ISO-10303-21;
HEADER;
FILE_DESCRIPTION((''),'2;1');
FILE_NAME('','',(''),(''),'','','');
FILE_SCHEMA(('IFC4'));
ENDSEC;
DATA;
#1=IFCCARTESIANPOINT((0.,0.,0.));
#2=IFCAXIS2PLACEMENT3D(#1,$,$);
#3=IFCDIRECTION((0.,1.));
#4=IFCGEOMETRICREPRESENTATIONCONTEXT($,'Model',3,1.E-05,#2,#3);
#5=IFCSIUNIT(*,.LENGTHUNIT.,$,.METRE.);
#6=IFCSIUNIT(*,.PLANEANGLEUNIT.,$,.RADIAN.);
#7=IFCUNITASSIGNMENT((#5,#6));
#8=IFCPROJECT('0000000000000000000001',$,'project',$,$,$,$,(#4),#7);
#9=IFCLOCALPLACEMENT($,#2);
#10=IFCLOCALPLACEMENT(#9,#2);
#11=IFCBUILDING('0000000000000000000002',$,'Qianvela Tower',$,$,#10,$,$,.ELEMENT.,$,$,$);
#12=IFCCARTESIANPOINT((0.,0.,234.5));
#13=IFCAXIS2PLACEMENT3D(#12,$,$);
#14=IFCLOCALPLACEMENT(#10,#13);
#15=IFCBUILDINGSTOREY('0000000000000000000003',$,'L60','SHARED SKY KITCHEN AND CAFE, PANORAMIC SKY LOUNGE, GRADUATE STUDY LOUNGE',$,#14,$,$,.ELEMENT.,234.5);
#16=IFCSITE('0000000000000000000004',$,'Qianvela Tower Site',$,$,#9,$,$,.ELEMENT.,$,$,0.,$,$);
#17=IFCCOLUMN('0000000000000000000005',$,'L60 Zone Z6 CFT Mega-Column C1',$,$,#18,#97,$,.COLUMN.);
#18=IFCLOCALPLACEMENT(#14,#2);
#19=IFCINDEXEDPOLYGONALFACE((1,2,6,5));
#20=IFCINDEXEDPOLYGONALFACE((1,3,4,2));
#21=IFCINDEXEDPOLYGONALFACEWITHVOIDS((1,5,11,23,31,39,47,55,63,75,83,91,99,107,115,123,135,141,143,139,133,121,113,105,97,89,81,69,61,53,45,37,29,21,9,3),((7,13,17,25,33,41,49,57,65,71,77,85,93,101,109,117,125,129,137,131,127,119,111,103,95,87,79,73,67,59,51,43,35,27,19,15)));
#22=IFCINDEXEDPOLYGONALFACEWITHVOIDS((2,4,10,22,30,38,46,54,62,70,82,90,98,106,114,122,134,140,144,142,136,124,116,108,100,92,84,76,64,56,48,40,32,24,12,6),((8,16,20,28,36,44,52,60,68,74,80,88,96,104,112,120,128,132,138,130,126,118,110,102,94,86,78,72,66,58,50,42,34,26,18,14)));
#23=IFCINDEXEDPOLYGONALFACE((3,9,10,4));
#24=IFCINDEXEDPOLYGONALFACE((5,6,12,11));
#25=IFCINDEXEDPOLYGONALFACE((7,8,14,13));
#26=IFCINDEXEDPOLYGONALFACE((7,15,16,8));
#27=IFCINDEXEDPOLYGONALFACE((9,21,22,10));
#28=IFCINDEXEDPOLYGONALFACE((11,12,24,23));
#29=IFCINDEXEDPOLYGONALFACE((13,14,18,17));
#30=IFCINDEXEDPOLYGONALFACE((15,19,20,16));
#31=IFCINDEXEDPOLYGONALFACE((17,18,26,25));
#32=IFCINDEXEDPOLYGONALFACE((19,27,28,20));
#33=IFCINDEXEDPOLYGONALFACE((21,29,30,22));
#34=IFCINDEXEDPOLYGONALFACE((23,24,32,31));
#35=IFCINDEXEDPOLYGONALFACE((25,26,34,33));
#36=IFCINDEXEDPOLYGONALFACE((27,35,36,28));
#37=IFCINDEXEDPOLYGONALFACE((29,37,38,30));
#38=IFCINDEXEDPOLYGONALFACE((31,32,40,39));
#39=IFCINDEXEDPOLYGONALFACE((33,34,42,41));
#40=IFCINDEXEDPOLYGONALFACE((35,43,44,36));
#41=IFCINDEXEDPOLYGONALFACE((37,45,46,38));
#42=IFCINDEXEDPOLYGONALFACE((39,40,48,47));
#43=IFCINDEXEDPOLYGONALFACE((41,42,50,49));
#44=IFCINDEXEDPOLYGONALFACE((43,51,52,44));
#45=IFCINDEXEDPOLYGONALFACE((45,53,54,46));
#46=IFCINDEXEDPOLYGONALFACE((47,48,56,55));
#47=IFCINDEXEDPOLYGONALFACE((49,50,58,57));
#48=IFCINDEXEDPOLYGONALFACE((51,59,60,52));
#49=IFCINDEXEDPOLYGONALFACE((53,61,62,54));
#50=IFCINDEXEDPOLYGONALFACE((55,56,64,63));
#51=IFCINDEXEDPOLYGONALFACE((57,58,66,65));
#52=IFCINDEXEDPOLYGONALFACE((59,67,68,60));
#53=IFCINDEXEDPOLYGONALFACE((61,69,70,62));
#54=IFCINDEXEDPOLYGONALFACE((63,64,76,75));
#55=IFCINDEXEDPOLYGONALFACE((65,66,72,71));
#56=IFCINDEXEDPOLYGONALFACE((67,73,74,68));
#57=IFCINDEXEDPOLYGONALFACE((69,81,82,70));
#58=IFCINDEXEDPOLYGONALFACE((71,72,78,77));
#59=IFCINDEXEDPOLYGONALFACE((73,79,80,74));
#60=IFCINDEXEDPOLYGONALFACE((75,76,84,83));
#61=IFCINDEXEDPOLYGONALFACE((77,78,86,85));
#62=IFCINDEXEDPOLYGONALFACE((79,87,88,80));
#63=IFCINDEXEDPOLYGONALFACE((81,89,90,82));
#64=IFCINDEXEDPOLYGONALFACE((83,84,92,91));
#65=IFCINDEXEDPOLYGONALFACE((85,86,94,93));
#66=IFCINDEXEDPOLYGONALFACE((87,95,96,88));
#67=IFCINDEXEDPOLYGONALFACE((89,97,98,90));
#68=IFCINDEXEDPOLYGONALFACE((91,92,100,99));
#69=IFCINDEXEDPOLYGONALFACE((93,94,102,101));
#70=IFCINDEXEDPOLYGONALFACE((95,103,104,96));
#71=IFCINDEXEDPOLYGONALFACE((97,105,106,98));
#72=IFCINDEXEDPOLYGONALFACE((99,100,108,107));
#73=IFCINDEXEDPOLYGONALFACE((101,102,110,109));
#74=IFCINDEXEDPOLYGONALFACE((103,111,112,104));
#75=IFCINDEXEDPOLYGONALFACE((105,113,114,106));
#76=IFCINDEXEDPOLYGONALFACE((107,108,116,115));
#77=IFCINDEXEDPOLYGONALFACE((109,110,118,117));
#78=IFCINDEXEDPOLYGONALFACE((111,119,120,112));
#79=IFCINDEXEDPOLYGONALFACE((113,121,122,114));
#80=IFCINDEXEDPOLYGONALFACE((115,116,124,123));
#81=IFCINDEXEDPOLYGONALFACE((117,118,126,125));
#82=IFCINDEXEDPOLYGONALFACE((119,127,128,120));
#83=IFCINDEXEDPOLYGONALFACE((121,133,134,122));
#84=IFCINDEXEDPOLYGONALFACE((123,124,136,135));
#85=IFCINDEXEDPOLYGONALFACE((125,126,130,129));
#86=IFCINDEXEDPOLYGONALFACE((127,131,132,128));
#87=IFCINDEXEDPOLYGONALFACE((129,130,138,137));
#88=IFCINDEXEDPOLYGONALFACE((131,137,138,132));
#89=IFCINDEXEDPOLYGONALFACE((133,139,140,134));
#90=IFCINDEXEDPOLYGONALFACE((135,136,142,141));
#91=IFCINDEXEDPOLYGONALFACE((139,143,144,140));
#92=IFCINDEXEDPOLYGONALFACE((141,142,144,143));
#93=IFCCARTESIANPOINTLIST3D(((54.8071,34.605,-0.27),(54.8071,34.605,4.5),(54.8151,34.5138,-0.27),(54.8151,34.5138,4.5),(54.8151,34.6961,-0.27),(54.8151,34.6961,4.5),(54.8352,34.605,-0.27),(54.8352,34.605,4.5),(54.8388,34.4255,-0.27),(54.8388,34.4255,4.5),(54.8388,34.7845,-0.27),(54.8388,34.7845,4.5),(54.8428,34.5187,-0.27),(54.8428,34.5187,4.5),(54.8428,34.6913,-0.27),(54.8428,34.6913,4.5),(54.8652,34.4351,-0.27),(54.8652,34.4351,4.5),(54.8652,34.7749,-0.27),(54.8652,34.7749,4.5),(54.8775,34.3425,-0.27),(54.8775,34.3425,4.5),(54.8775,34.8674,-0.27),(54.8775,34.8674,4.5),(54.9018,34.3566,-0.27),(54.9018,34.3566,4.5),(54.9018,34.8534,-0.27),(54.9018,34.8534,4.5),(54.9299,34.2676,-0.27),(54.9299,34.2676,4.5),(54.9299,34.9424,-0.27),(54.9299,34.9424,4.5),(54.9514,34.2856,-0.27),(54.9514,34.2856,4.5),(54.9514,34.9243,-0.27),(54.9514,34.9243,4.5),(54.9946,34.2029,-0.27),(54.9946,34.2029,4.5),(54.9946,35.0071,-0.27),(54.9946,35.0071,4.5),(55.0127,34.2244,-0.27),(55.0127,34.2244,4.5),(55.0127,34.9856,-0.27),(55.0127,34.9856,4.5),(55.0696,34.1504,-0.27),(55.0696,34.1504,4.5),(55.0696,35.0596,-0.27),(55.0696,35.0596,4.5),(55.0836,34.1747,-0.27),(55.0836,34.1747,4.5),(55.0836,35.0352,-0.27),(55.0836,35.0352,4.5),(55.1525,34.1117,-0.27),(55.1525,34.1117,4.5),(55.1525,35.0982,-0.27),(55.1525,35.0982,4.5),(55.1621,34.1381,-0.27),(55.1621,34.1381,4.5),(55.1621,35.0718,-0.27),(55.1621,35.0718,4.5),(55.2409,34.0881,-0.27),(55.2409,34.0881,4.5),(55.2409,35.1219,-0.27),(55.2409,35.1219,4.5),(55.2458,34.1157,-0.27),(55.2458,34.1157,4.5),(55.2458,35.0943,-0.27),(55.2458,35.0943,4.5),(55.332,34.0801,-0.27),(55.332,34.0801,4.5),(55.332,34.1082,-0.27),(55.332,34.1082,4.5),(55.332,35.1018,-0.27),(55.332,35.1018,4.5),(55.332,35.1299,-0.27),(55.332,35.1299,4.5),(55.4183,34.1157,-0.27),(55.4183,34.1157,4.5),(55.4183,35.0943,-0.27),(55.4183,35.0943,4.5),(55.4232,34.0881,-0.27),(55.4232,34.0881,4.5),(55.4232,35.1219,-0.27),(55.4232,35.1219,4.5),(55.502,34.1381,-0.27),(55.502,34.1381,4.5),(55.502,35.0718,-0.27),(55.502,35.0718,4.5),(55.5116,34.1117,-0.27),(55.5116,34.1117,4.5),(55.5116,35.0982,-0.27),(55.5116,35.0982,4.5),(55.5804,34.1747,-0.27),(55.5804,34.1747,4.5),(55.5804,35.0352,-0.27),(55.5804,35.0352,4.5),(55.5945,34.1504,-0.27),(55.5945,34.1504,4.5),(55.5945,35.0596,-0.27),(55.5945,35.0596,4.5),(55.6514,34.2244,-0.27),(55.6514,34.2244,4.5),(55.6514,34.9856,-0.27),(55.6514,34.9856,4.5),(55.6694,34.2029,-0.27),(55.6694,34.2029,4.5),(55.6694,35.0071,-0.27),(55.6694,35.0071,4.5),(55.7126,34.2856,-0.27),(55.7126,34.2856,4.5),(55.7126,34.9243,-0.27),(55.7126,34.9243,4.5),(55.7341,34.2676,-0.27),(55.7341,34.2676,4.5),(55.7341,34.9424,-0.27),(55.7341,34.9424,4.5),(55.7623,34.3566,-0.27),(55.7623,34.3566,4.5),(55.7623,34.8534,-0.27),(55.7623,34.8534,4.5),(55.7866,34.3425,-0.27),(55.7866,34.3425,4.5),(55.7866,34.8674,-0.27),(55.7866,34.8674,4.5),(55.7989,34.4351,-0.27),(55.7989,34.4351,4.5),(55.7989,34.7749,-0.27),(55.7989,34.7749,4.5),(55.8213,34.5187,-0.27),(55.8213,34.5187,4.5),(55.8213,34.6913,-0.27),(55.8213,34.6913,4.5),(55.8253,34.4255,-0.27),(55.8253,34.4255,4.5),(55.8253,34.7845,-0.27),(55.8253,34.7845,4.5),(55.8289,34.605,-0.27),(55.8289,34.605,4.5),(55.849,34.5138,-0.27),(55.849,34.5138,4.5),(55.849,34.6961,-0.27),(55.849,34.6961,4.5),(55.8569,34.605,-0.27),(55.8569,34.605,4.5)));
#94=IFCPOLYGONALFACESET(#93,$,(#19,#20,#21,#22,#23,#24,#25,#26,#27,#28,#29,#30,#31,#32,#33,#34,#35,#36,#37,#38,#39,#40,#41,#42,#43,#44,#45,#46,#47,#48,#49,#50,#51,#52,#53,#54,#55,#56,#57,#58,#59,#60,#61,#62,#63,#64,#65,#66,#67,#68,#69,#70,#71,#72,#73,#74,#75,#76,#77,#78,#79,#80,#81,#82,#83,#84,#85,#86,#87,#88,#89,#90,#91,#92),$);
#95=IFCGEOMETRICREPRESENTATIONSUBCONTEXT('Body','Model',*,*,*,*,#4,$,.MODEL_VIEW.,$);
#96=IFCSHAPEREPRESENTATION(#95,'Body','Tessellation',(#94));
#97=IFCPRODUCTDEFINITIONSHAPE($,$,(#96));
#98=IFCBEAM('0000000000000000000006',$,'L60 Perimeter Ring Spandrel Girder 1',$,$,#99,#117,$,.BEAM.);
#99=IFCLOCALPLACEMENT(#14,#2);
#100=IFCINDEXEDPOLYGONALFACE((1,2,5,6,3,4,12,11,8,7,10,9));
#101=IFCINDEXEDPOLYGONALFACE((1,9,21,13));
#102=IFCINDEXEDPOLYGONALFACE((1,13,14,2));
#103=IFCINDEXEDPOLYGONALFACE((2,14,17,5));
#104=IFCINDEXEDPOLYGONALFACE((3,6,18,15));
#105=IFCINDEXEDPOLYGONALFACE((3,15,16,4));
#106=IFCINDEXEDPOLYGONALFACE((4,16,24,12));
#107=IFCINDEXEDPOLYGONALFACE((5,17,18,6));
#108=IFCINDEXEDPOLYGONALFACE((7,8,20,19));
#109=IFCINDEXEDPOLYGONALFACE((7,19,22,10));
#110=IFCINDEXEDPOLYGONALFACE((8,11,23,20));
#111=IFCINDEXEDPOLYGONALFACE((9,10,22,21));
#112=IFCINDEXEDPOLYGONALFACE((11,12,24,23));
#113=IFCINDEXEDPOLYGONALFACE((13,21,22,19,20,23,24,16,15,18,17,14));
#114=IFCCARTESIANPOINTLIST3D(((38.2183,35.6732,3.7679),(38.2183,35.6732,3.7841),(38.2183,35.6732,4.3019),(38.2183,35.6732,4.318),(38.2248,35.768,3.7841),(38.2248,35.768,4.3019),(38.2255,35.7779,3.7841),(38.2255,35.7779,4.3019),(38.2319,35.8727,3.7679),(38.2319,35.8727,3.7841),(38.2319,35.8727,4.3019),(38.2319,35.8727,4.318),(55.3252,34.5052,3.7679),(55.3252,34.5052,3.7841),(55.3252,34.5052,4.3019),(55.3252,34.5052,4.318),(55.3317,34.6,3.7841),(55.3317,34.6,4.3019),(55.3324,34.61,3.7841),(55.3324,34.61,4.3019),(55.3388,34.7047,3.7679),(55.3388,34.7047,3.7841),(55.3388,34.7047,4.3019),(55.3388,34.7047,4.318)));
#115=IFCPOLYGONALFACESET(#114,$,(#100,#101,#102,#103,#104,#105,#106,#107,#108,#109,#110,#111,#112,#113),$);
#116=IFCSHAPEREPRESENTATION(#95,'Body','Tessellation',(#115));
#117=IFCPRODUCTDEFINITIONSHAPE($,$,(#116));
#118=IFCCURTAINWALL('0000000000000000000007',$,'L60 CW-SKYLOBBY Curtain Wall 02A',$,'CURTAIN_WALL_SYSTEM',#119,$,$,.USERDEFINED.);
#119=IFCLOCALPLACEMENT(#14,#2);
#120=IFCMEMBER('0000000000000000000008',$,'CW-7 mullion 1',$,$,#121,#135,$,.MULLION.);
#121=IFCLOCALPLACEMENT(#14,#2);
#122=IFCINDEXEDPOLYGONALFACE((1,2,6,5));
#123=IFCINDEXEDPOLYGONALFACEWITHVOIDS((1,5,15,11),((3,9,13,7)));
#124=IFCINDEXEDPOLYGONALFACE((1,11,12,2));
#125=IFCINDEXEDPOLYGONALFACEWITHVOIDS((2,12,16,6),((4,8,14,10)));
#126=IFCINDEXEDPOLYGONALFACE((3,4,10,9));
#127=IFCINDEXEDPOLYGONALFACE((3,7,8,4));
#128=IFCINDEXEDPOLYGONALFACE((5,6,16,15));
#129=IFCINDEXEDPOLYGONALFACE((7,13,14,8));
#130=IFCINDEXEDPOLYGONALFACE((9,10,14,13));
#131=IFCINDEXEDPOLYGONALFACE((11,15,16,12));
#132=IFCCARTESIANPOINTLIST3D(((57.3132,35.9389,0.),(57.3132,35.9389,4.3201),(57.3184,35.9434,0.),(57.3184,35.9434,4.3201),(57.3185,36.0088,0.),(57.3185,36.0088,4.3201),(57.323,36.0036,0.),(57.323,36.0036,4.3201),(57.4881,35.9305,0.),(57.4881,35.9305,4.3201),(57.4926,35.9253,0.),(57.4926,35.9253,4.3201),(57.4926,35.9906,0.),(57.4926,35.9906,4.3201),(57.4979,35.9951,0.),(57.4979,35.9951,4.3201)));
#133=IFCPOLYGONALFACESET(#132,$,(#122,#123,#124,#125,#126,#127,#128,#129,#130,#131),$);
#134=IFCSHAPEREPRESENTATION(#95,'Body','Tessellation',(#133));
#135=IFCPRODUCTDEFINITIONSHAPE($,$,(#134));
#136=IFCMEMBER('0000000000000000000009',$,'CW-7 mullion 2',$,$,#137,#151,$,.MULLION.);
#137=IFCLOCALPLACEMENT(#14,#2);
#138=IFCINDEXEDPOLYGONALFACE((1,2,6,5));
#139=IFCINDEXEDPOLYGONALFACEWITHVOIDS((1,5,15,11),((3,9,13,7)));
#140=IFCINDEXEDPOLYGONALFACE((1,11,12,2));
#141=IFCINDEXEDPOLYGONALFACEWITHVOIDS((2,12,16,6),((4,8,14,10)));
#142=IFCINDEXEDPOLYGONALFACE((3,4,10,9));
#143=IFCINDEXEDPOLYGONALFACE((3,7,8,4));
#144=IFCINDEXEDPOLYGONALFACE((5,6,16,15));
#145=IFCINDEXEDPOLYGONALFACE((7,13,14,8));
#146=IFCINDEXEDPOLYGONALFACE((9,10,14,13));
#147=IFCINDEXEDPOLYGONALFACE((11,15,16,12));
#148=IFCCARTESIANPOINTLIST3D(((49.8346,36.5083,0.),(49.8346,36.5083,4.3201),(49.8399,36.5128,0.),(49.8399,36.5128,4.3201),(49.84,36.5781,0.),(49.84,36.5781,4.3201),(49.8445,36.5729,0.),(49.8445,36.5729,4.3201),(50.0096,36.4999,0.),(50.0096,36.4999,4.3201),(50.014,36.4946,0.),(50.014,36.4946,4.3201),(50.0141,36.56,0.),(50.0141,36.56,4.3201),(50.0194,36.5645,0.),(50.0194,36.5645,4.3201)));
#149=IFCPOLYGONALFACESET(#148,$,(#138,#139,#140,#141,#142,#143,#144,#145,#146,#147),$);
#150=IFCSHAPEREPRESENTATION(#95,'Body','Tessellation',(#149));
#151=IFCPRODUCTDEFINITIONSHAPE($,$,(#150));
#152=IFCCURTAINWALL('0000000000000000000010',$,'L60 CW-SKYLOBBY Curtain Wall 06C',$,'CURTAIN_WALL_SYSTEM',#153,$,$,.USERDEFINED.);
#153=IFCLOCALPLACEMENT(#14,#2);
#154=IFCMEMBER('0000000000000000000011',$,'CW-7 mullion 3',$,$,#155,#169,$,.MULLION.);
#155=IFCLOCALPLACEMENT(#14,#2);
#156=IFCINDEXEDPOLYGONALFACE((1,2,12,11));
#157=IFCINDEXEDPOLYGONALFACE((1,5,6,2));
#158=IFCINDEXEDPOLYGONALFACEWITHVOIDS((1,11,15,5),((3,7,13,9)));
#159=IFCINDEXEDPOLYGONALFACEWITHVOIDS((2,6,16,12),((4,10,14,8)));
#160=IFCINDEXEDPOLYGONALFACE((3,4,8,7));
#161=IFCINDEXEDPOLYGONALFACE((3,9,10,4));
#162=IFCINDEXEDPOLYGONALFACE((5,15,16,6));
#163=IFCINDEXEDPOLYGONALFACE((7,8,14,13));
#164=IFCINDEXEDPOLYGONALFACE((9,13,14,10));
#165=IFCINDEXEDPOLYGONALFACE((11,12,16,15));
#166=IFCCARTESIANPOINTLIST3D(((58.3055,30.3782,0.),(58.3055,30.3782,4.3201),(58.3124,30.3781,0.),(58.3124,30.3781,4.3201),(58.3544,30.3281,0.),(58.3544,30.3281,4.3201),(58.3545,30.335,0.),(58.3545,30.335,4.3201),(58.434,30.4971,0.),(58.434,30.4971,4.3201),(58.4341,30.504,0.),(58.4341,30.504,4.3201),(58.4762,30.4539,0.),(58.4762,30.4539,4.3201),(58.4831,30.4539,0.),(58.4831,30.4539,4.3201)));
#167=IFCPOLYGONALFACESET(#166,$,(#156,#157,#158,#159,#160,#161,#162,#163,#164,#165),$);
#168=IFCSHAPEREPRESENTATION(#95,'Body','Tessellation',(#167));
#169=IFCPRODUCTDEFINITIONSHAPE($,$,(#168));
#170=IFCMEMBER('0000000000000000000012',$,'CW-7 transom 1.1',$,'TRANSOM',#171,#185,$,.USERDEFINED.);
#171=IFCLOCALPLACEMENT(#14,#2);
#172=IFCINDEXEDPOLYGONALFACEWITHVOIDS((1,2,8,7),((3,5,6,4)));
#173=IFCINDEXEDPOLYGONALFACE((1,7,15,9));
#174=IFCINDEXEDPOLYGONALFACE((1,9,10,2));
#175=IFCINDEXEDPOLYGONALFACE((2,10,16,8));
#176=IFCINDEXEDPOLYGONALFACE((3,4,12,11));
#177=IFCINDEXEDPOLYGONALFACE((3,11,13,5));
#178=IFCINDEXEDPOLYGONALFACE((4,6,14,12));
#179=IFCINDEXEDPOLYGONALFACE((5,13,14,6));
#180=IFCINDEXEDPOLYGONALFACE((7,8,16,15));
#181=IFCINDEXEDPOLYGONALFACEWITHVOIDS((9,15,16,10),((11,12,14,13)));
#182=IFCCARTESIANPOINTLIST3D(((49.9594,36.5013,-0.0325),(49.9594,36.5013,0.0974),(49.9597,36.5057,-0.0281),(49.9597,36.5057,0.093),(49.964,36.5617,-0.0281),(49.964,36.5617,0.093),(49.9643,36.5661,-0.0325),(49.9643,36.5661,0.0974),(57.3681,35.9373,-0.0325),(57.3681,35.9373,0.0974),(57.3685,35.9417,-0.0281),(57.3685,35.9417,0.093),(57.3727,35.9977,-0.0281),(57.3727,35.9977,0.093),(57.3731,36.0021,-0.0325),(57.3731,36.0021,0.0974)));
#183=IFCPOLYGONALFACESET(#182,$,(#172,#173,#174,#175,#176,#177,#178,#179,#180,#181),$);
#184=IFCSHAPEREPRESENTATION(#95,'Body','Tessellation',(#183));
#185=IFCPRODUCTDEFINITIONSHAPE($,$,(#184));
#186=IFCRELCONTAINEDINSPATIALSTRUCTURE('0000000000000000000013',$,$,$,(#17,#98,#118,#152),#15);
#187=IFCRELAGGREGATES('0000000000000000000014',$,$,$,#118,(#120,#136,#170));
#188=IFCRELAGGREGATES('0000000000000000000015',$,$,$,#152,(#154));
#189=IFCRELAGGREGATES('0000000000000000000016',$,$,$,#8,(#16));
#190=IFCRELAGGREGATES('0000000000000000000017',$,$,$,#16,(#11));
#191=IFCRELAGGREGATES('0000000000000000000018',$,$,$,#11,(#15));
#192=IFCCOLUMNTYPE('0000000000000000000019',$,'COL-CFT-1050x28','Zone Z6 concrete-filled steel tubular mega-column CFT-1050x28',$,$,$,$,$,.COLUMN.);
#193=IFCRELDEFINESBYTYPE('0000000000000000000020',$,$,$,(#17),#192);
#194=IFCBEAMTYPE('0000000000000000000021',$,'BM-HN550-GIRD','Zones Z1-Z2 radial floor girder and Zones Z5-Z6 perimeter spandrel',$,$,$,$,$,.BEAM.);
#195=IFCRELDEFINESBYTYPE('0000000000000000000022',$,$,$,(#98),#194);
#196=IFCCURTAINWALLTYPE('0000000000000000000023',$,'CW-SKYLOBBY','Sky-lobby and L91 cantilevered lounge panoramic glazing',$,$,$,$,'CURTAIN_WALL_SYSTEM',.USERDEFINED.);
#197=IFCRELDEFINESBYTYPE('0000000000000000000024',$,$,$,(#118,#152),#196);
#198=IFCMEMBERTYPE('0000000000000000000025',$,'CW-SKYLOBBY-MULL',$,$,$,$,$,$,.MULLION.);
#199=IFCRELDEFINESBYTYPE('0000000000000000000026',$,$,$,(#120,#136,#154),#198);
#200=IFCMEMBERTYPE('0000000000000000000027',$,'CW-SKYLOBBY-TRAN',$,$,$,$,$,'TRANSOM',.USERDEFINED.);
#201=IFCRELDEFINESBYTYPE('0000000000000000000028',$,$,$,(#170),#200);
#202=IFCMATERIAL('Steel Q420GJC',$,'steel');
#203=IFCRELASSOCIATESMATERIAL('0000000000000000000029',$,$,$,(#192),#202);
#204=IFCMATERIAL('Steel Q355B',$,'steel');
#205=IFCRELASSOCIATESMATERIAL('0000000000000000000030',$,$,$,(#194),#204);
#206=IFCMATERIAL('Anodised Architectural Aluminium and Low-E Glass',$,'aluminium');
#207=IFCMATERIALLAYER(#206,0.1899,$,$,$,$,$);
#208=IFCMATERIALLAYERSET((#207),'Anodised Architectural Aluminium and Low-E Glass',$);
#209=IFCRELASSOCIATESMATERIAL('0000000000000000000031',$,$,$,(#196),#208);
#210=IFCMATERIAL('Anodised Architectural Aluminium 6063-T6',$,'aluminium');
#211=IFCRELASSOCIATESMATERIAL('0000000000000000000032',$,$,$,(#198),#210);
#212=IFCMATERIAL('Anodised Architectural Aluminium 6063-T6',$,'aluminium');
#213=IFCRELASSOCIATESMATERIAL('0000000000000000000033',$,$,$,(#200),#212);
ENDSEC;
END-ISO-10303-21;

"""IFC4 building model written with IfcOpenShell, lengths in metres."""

from ifc_helpers import new_model, si_unit, direction, frame, origin, origin_2d, place, context, subcontext, project, spatial, hollow_rectangle, hollow_circle, i_section, extrude, material, layer, layer_set, material_profile, profile_set, type_object, element, aggregate, save


model = new_model("IFC4")

# Units and contexts
model_context = context("Model", 3, precision=1e-05, world=origin(), true_north=direction((0.0, 1.0)))
body_context = subcontext(model_context, "Body", "Model", "MODEL_VIEW")
ifc_project = project(units=[si_unit("LENGTHUNIT", "METRE"), si_unit("PLANEANGLEUNIT", "RADIAN")], contexts=[model_context])

# Site, building, storey
site_placement = place(None, origin())
site = spatial("IfcSite", under=ifc_project, at=site_placement, Name="Qianvela Tower Site", CompositionType="ELEMENT", RefElevation=0.0)
building_placement = place(site_placement, origin())
building = spatial("IfcBuilding", under=site, at=building_placement, Name="Qianvela Tower", CompositionType="ELEMENT")
storey_placement = place(building_placement, frame((0.0, 0.0, 234.5)))
storey = spatial("IfcBuildingStorey", under=building, at=storey_placement, Name="L60", Description="SHARED SKY KITCHEN AND CAFE, PANORAMIC SKY LOUNGE, GRADUATE STUDY LOUNGE", CompositionType="ELEMENT", Elevation=234.5)

# Column
ifc_material_1 = material(Name="Steel Q420GJC", Category="steel")
ifc_material_profile_1 = material_profile(ifc_material_1, hollow_circle(Radius=0.5249, WallThickness=0.0281, at=origin_2d()), Name="CFT-1050x28")
ifc_profile_set_1 = profile_set([ifc_material_profile_1], Name="Steel Q420GJC")
column_type = type_object("IfcColumnType", Name="COL-CFT-1050x28", Description="Zone Z6 concrete-filled steel tubular mega-column CFT-1050x28", PredefinedType="COLUMN", material=ifc_profile_set_1)
column_placement = place(storey_placement, frame((55.332, 34.605, -0.27), z_axis=(0.0, 0.0, 1.0), x_axis=(1.0, 0.0, 0.0)))
element("IfcColumn", 1, at=column_placement, inside=storey, type_object=column_type, Name="L60 Zone Z6 CFT Mega-Column C1", PredefinedType="COLUMN", context=body_context, shape_type="SweptSolid", body=[
    extrude(hollow_circle(Radius=0.5249, WallThickness=0.0281, at=origin_2d()), origin(), (0.0, 0.0, 1.0), 4.77),
])

# Beam
ifc_material_2 = material(Name="Steel Q355B", Category="steel")
ifc_material_profile_2 = material_profile(ifc_material_2, i_section(OverallWidth=0.2, OverallDepth=0.55, WebThickness=0.01, FlangeThickness=0.0161, at=origin_2d()), Name="HN550x200x10x16")
ifc_profile_set_2 = profile_set([ifc_material_profile_2], Name="Steel Q355B")
beam_type = type_object("IfcBeamType", Name="BM-HN550-GIRD", Description="Zones Z1-Z2 radial floor girder and Zones Z5-Z6 perimeter spandrel", PredefinedType="BEAM", material=ifc_profile_set_2)
beam_placement = place(storey_placement, frame((55.332, 34.605, 4.043), z_axis=(-0.997677, 0.068116, 0.0), x_axis=(-0.068116, -0.997677, 0.0)))
element("IfcBeam", 2, at=beam_placement, inside=storey, type_object=beam_type, Name="L60 Perimeter Ring Spandrel Girder 1", PredefinedType="BEAM", context=body_context, shape_type="SweptSolid", body=[
    extrude(i_section(OverallWidth=0.2, OverallDepth=0.55, WebThickness=0.01, FlangeThickness=0.0161, at=origin_2d()), origin(), (0.0, 0.0, 1.0), 17.1467),
])

# Curtain wall, members
ifc_material_3 = material(Name="Anodised Architectural Aluminium and Low-E Glass", Category="aluminium")
ifc_layer_1 = layer(ifc_material_3, 0.1899)
ifc_layer_set_1 = layer_set([ifc_layer_1], Name="Anodised Architectural Aluminium and Low-E Glass")
curtain_wall_type = type_object("IfcCurtainWallType", Name="CW-SKYLOBBY", Description="Sky-lobby and L91 cantilevered lounge panoramic glazing", ElementType="CURTAIN_WALL_SYSTEM", PredefinedType="USERDEFINED", material=ifc_layer_set_1)
curtain_wall_1_placement = place(storey_placement, origin())
curtain_wall_1 = element("IfcCurtainWall", 3, at=curtain_wall_1_placement, inside=storey, type_object=curtain_wall_type, Name="L60 CW-SKYLOBBY Curtain Wall 02A", ObjectType="CURTAIN_WALL_SYSTEM", PredefinedType="USERDEFINED")
ifc_material_4 = material(Name="Anodised Architectural Aluminium 6063-T6", Category="aluminium")
ifc_material_profile_3 = material_profile(ifc_material_4, hollow_rectangle(XDim=0.0701, YDim=0.1799, WallThickness=0.0049, at=origin_2d()), Name="ALU-MULL-70x180")
ifc_profile_set_3 = profile_set([ifc_material_profile_3], Name="Anodised Architectural Aluminium 6063-T6")
member_type_1 = type_object("IfcMemberType", Name="CW-SKYLOBBY-MULL", PredefinedType="MULLION", material=ifc_profile_set_3)
member_1_placement = place(storey_placement, frame((57.4055, 35.967, 0.0), z_axis=(0.0, 0.0, 1.0), x_axis=(-0.075899, -0.997115, 0.0)))
member_1 = element("IfcMember", 4, at=member_1_placement, type_object=member_type_1, Name="CW-7 mullion 1", PredefinedType="MULLION", context=body_context, shape_type="SweptSolid", body=[
    extrude(hollow_rectangle(XDim=0.0701, YDim=0.1799, WallThickness=0.0049, at=origin_2d()), origin(), (0.0, 0.0, 1.0), 4.3201),
])
member_2_placement = place(storey_placement, frame((49.927, 36.5364, 0.0), z_axis=(0.0, 0.0, 1.0), x_axis=(-0.075899, -0.997115, 0.0)))
member_2 = element("IfcMember", 5, at=member_2_placement, type_object=member_type_1, Name="CW-7 mullion 2", PredefinedType="MULLION", context=body_context, shape_type="SweptSolid", body=[
    extrude(hollow_rectangle(XDim=0.0701, YDim=0.1799, WallThickness=0.0049, at=origin_2d()), origin(), (0.0, 0.0, 1.0), 4.3201),
])

# Curtain wall, member
curtain_wall_2_placement = place(storey_placement, origin())
curtain_wall_2 = element("IfcCurtainWall", 6, at=curtain_wall_2_placement, inside=storey, type_object=curtain_wall_type, Name="L60 CW-SKYLOBBY Curtain Wall 06C", ObjectType="CURTAIN_WALL_SYSTEM", PredefinedType="USERDEFINED")
member_3_placement = place(storey_placement, frame((58.3943, 30.416, 0.0), z_axis=(0.0, 0.0, 1.0), x_axis=(-0.699077, 0.715046, 0.0)))
member_3 = element("IfcMember", 7, at=member_3_placement, type_object=member_type_1, Name="CW-7 mullion 3", PredefinedType="MULLION", context=body_context, shape_type="SweptSolid", body=[
    extrude(hollow_rectangle(XDim=0.0701, YDim=0.1799, WallThickness=0.0049, at=origin_2d()), origin(), (0.0, 0.0, 1.0), 4.3201),
])

# Member
ifc_material_5 = material(Name="Anodised Architectural Aluminium 6063-T6", Category="aluminium")
ifc_material_profile_4 = material_profile(ifc_material_5, hollow_rectangle(XDim=0.0649, YDim=0.1299, WallThickness=0.0044, at=origin_2d()), Name="ALU-TRAN-65x130")
ifc_profile_set_4 = profile_set([ifc_material_profile_4], Name="Anodised Architectural Aluminium 6063-T6")
member_type_2 = type_object("IfcMemberType", Name="CW-SKYLOBBY-TRAN", ElementType="TRANSOM", PredefinedType="USERDEFINED", material=ifc_profile_set_4)
member_4_placement = place(storey_placement, frame((57.3706, 35.9697, 0.0325), z_axis=(-0.997115, 0.075902, 0.0), x_axis=(-0.075902, -0.997115, 0.0)))
member_4 = element("IfcMember", 8, at=member_4_placement, type_object=member_type_2, Name="CW-7 transom 1.1", ObjectType="TRANSOM", PredefinedType="USERDEFINED", context=body_context, shape_type="SweptSolid", body=[
    extrude(hollow_rectangle(XDim=0.0649, YDim=0.1299, WallThickness=0.0044, at=origin_2d()), origin(), (0.0, 0.0, 1.0), 7.4302),
])

aggregate(curtain_wall_1, [member_1, member_2, member_4])
aggregate(curtain_wall_2, [member_3])

save(model, "model.ifc")
